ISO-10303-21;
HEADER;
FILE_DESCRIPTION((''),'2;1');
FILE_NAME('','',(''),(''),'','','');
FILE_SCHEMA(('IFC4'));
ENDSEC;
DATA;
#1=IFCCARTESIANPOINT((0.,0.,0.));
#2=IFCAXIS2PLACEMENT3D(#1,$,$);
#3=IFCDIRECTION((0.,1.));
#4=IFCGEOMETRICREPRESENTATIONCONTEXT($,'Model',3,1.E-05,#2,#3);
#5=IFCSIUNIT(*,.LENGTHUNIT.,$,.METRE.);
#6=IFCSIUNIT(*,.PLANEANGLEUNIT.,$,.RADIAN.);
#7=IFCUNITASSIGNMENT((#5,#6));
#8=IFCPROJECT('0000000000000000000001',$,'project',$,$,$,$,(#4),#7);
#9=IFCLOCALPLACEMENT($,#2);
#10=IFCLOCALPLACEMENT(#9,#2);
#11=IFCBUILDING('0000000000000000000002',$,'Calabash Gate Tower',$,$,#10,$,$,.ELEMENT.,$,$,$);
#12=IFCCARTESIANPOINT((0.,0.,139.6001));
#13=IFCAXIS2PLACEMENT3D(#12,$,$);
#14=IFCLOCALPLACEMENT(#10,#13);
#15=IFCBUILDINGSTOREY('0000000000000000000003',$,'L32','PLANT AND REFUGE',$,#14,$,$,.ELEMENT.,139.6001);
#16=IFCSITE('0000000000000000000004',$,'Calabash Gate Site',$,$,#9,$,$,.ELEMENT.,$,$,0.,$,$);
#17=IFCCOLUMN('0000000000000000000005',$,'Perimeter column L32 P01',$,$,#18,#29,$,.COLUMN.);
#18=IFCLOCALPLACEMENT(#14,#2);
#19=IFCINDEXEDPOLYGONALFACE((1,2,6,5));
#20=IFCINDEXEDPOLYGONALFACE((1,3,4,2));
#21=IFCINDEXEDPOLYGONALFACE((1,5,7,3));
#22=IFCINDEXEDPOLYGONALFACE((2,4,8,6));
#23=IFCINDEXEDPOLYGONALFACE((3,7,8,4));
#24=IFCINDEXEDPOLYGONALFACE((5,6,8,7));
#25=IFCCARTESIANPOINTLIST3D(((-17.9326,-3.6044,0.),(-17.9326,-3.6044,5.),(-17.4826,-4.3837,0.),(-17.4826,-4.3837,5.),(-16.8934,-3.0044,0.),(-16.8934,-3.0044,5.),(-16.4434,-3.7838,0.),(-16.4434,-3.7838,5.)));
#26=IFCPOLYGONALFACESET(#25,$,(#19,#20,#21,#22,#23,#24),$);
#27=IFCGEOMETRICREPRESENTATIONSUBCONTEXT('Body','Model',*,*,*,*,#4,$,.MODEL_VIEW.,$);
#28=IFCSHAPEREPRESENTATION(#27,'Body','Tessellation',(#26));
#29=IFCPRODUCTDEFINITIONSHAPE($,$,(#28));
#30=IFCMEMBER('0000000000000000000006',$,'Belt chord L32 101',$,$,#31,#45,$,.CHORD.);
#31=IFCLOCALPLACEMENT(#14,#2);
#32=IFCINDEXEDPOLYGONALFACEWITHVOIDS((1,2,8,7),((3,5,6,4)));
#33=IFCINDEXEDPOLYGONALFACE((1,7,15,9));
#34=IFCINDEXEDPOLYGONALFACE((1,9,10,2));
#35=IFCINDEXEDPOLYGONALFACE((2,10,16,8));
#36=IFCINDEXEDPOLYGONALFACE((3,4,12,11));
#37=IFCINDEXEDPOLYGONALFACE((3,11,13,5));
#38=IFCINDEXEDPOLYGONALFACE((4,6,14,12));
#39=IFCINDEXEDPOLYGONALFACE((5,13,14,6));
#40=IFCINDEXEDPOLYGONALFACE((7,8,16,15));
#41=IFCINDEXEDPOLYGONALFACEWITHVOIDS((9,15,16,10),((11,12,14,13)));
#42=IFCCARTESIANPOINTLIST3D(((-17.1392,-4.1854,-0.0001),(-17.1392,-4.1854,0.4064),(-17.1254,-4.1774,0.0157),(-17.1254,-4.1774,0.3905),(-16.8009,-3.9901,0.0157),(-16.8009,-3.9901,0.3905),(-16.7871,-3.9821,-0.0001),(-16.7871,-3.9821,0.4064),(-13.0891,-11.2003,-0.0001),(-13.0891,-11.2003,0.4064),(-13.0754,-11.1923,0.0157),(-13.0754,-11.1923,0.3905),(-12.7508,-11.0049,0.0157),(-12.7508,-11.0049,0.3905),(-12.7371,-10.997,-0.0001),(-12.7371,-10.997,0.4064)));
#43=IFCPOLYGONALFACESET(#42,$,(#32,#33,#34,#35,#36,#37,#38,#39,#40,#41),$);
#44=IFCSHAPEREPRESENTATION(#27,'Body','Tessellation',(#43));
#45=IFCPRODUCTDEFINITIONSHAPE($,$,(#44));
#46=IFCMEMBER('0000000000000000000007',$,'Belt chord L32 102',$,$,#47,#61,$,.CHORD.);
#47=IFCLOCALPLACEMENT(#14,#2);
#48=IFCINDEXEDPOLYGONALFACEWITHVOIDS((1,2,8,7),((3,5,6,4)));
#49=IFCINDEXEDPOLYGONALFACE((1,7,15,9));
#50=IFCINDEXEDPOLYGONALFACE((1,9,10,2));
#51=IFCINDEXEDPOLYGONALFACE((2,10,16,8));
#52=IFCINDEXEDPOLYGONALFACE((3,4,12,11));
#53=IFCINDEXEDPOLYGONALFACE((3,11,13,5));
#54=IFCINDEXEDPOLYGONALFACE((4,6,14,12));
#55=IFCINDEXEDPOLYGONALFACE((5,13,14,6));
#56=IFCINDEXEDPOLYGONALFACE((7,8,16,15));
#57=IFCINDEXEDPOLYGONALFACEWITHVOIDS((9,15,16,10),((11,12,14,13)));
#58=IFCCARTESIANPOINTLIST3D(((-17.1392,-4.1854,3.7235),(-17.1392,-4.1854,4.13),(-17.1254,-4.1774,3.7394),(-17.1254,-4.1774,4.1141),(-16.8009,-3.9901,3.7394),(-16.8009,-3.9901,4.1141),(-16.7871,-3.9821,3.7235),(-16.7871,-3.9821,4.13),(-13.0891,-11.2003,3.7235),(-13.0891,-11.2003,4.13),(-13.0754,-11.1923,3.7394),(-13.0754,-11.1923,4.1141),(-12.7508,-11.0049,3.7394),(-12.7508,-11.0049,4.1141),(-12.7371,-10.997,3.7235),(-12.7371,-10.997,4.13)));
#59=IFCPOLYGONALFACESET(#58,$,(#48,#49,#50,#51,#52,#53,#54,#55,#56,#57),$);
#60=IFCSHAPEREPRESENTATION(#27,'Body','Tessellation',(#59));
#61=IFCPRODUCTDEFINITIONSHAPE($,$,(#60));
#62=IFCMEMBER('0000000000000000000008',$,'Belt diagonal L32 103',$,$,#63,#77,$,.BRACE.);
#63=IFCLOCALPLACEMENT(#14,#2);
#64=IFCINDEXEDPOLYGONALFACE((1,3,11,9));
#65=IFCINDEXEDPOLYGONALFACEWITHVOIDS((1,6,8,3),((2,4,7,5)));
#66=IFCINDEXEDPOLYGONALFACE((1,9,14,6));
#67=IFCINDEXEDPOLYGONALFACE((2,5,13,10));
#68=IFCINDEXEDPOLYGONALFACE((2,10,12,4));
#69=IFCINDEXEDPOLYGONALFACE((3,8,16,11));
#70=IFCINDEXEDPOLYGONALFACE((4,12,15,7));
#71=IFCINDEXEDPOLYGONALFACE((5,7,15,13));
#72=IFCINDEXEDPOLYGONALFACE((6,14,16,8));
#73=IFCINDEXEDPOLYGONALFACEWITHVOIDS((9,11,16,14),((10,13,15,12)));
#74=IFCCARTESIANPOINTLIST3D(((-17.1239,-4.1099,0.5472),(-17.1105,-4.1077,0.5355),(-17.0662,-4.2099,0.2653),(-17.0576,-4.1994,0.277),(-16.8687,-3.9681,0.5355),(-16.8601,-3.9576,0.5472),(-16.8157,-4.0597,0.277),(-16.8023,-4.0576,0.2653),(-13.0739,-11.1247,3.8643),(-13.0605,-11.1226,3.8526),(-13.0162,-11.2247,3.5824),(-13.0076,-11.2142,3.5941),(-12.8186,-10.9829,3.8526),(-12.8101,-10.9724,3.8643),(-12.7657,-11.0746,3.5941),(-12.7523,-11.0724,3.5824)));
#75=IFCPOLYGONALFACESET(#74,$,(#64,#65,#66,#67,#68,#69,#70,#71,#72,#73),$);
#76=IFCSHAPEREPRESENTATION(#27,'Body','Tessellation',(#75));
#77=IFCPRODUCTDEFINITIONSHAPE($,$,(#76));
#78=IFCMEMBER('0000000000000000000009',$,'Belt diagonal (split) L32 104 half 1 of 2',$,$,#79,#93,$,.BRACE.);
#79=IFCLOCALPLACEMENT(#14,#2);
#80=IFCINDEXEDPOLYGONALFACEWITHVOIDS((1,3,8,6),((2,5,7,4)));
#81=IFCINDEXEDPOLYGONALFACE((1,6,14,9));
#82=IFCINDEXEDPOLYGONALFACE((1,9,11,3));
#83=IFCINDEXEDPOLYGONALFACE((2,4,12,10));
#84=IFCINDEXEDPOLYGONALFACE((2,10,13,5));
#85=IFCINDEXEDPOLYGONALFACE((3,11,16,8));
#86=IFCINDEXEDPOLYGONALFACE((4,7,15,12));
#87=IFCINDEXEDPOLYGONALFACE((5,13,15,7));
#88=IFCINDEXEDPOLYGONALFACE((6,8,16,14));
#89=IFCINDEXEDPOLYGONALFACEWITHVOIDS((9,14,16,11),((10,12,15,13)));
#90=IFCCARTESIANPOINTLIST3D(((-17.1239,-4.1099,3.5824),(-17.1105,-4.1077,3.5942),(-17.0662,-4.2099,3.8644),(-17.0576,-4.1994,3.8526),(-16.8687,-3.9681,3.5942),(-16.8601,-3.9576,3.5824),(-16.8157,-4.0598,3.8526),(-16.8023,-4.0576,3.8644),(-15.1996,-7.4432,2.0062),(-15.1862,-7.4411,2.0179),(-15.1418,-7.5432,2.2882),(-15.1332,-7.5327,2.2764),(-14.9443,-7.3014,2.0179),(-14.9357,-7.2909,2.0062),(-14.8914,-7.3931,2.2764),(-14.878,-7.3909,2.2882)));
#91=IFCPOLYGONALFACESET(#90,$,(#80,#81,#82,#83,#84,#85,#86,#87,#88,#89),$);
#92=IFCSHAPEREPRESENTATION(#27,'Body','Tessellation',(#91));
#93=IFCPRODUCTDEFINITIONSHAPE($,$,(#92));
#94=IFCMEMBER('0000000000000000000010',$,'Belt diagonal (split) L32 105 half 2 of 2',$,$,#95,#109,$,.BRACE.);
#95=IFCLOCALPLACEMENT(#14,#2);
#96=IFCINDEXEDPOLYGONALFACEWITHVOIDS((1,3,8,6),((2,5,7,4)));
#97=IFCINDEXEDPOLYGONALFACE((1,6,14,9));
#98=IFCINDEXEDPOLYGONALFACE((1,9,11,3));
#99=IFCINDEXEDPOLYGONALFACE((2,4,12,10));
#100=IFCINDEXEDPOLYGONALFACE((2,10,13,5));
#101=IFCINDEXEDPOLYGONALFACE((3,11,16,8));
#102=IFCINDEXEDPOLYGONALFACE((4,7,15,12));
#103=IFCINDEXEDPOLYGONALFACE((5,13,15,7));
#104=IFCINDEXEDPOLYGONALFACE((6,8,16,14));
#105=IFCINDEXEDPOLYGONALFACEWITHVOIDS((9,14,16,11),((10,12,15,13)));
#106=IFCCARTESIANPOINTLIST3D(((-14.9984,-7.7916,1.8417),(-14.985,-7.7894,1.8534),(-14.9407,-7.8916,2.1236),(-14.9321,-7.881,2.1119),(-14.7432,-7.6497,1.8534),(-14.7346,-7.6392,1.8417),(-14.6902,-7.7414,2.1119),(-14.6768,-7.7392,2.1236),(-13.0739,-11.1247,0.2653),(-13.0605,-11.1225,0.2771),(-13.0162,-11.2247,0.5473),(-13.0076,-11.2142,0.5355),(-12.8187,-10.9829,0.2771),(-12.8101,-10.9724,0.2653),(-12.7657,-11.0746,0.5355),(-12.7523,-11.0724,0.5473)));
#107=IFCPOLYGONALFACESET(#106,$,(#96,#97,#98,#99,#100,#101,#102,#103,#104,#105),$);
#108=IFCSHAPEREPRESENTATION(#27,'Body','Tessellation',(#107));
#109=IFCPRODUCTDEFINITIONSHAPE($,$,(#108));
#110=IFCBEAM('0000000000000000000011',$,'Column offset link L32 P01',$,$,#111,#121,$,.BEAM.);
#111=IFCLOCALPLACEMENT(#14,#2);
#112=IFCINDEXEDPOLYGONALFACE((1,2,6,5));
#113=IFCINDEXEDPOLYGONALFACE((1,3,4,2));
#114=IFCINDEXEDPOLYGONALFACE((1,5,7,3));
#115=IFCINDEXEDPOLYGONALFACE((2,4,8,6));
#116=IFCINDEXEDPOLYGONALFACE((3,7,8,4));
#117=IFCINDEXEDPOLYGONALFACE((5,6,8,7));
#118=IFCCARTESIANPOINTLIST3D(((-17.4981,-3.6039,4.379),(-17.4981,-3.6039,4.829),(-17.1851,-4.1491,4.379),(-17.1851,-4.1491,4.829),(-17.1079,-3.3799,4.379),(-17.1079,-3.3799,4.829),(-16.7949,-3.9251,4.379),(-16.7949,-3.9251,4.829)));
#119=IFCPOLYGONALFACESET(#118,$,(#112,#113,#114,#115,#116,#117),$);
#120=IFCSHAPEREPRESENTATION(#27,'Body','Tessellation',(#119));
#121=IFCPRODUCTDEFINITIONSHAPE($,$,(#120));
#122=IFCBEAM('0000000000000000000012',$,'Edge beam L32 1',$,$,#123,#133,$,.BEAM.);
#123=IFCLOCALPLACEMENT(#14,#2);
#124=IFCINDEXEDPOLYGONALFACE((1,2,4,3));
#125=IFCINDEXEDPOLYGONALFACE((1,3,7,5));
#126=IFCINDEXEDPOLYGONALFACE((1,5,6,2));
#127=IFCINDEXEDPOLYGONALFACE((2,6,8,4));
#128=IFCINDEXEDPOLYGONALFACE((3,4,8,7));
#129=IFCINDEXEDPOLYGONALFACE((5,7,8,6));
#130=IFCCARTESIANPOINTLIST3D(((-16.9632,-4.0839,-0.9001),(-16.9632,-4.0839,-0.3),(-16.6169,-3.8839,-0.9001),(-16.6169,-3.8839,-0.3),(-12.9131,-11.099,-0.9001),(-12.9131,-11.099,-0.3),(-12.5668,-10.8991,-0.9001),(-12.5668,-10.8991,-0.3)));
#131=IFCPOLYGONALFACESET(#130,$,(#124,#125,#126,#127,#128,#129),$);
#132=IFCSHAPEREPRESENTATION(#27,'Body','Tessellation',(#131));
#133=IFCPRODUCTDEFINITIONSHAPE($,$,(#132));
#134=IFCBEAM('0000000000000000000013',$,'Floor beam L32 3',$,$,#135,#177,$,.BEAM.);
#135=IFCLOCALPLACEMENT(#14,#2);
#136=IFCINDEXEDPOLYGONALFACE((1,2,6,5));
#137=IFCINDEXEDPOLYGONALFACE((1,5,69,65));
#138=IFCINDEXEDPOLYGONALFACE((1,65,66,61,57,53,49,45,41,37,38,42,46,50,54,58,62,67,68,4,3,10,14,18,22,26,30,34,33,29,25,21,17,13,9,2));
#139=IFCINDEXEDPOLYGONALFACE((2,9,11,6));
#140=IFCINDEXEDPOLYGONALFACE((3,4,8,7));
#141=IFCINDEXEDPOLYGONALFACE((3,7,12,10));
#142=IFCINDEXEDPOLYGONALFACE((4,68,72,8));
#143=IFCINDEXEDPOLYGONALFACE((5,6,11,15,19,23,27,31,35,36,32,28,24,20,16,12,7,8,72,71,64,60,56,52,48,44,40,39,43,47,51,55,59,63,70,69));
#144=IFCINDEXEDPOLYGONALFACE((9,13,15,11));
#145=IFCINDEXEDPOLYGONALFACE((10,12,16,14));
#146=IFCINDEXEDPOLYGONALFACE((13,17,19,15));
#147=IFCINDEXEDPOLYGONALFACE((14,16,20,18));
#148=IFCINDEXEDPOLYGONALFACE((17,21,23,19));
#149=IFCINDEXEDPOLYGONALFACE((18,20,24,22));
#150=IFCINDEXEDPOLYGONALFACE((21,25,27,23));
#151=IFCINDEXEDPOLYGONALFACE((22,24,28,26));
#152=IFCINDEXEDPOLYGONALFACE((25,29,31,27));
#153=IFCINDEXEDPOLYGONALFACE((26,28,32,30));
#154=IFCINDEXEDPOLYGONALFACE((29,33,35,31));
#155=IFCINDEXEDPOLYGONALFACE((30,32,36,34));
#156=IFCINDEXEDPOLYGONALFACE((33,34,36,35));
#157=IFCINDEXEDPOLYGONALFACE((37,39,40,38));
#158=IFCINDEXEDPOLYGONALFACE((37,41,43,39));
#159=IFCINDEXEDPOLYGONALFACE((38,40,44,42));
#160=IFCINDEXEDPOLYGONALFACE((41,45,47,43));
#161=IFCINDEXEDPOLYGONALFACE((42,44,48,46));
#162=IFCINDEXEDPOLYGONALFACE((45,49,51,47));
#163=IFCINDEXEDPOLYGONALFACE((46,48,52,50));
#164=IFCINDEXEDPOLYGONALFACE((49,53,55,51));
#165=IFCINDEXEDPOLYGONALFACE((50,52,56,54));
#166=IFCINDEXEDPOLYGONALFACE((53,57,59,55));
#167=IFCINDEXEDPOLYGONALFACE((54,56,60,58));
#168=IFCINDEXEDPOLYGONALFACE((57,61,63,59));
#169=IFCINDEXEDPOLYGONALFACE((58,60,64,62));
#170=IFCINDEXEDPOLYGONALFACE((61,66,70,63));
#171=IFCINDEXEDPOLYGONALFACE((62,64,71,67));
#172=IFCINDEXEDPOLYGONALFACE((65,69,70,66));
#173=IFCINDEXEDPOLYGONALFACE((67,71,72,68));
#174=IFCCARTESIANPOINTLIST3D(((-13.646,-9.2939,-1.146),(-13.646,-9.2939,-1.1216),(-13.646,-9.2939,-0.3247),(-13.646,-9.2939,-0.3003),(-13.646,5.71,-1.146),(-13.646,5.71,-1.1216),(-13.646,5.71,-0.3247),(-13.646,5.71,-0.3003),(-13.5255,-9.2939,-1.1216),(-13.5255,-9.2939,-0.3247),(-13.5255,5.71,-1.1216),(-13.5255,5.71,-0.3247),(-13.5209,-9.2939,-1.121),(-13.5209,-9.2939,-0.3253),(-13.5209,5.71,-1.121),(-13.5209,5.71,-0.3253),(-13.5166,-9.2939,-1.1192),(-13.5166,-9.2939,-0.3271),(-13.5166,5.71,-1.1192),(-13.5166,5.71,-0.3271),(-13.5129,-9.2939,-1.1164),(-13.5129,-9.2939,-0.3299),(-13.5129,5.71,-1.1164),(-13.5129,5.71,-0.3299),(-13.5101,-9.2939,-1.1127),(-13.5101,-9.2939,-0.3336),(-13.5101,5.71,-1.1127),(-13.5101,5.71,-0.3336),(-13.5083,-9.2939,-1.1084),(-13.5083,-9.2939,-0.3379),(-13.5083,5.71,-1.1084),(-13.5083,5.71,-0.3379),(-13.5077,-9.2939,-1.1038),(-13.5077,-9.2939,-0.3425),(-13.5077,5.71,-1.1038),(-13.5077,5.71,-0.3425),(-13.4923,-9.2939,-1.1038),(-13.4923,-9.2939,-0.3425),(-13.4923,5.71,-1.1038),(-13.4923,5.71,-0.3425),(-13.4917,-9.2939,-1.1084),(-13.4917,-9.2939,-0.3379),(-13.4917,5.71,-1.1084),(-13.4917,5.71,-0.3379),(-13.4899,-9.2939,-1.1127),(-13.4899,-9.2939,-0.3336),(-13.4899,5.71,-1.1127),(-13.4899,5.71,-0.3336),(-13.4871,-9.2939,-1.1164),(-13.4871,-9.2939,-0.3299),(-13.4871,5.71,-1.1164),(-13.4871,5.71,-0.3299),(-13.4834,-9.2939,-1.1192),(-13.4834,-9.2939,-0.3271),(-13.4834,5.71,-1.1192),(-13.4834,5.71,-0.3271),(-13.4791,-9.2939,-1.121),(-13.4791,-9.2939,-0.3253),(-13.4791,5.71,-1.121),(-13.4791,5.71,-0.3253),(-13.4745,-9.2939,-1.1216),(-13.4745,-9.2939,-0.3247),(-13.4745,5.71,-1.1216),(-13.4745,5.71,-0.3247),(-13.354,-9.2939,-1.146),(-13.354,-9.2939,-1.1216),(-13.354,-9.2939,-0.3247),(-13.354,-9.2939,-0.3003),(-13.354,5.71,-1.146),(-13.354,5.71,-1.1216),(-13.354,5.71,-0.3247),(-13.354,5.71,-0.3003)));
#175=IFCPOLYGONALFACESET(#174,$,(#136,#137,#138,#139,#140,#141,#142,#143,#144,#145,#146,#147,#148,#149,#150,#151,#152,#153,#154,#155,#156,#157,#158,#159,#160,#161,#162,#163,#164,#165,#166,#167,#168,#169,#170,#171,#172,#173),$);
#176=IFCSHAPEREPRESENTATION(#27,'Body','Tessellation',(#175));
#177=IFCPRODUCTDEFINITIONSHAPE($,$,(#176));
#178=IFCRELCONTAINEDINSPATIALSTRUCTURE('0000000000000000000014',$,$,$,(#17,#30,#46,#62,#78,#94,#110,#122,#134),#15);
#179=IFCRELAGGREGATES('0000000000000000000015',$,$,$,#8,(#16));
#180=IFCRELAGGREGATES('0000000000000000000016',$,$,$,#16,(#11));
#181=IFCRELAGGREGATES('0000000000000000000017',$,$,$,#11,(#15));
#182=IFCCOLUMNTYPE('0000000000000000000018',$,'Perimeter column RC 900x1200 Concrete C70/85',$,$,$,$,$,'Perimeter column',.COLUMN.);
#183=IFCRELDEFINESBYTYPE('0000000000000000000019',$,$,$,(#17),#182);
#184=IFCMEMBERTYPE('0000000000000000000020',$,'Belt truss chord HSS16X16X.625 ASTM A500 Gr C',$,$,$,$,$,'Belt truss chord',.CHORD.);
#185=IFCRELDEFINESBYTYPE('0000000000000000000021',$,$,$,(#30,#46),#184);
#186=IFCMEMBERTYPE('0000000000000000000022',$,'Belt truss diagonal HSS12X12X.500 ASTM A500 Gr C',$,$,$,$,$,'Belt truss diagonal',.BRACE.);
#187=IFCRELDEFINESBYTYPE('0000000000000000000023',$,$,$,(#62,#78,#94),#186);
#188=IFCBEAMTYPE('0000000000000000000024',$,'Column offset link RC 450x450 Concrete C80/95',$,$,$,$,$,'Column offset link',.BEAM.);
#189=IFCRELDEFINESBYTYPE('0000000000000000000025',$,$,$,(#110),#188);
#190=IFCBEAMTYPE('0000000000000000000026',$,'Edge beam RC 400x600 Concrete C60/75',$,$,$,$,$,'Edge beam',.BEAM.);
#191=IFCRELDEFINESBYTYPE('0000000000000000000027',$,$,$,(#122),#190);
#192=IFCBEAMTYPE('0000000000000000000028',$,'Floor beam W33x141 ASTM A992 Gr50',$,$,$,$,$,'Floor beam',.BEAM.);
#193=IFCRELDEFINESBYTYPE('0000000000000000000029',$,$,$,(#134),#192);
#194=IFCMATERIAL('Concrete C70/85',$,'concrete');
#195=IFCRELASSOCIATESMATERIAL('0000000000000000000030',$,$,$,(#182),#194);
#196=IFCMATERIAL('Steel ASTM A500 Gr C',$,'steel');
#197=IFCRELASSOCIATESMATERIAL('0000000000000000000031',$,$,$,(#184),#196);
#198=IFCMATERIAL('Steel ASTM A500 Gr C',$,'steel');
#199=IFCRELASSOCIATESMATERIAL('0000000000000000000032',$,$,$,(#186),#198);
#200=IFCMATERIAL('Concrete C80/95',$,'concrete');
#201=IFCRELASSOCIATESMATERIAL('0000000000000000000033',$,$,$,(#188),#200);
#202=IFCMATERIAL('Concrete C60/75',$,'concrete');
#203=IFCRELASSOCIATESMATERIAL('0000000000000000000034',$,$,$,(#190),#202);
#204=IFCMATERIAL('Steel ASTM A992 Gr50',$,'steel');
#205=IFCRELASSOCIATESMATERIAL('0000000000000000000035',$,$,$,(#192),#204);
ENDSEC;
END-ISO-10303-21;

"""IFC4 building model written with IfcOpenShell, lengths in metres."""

from ifc_helpers import new_model, si_unit, direction, frame, origin, origin_2d, place, context, subcontext, project, spatial, rectangle, hollow_rectangle, i_section, extrude, material, material_profile, profile_set, type_object, element, save


model = new_model("IFC4")

# Units and contexts
model_context = context("Model", 3, precision=1e-05, world=origin(), true_north=direction((0.0, 1.0)))
body_context = subcontext(model_context, "Body", "Model", "MODEL_VIEW")
ifc_project = project(units=[si_unit("LENGTHUNIT", "METRE"), si_unit("PLANEANGLEUNIT", "RADIAN")], contexts=[model_context])

# Site, building, storey
site_placement = place(None, origin())
site = spatial("IfcSite", under=ifc_project, at=site_placement, Name="Calabash Gate Site", CompositionType="ELEMENT", RefElevation=0.0)
building_placement = place(site_placement, origin())
building = spatial("IfcBuilding", under=site, at=building_placement, Name="Calabash Gate Tower", CompositionType="ELEMENT")
storey_placement = place(building_placement, frame((0.0, 0.0, 139.6001)))
storey = spatial("IfcBuildingStorey", under=building, at=storey_placement, Name="L32", Description="PLANT AND REFUGE", CompositionType="ELEMENT", Elevation=139.6001)

# Column
ifc_material_1 = material(Name="Concrete C70/85", Category="concrete")
ifc_material_profile_1 = material_profile(ifc_material_1, rectangle(XDim=0.8999, YDim=1.2, at=origin_2d()))
ifc_profile_set_1 = profile_set([ifc_material_profile_1], Name="Concrete C70/85")
column_type = type_object("IfcColumnType", Name="Perimeter column RC 900x1200 Concrete C70/85", ElementType="Perimeter column", PredefinedType="COLUMN", material=ifc_profile_set_1)
column_placement = place(storey_placement, frame((-17.188, -3.6941, 0.0), z_axis=(0.0, 0.0, 1.0), x_axis=(0.5, -0.866025, 0.0)))
element("IfcColumn", 1, at=column_placement, inside=storey, type_object=column_type, Name="Perimeter column L32 P01", PredefinedType="COLUMN", context=body_context, shape_type="SweptSolid", body=[
    extrude(rectangle(XDim=0.8999, YDim=1.2, at=origin_2d()), origin(), (0.0, 0.0, 1.0), 5.0),
])

# Members
ifc_material_2 = material(Name="Steel ASTM A500 Gr C", Category="steel")
ifc_material_profile_2 = material_profile(ifc_material_2, hollow_rectangle(XDim=0.4065, YDim=0.4065, WallThickness=0.0159, at=origin_2d()))
ifc_profile_set_2 = profile_set([ifc_material_profile_2], Name="Steel ASTM A500 Gr C")
member_type_1 = type_object("IfcMemberType", Name="Belt truss chord HSS16X16X.625 ASTM A500 Gr C", ElementType="Belt truss chord", PredefinedType="CHORD", material=ifc_profile_set_2)
for number, where, z_axis, x_axis, name in (
    (2, (-16.9631, -4.0837, 0.2031), (0.5, -0.866025, 0.0), (0.866025, 0.5, 0.0), "Belt chord L32 101"),
    (3, (-16.9631, -4.0837, 3.9268), (0.5, -0.866025, 0.0), (0.866025, 0.5, 0.0), "Belt chord L32 102"),
):
    element("IfcMember", number, at=place(storey_placement, frame(where, z_axis=z_axis, x_axis=x_axis)), inside=storey, type_object=member_type_1, Name=name, PredefinedType="CHORD", context=body_context, shape_type="SweptSolid", body=[
        extrude(hollow_rectangle(XDim=0.4065, YDim=0.4065, WallThickness=0.0159, at=origin_2d()), origin(), (0.0, 0.0, 1.0), 8.1001),
    ])
ifc_material_3 = material(Name="Steel ASTM A500 Gr C", Category="steel")
ifc_material_profile_3 = material_profile(ifc_material_3, hollow_rectangle(XDim=0.3047, YDim=0.3047, WallThickness=0.0127, at=origin_2d()))
ifc_profile_set_3 = profile_set([ifc_material_profile_3], Name="Steel ASTM A500 Gr C")
member_type_2 = type_object("IfcMemberType", Name="Belt truss diagonal HSS12X12X.500 ASTM A500 Gr C", ElementType="Belt truss diagonal", PredefinedType="BRACE", material=ifc_profile_set_3)
member_placement = place(storey_placement, frame((-16.9631, -4.0837, 0.4062), z_axis=(0.462704, -0.801427, 0.378972), x_axis=(0.866025, 0.5, 0.0)))
element("IfcMember", 4, at=member_placement, inside=storey, type_object=member_type_2, Name="Belt diagonal L32 103", PredefinedType="BRACE", context=body_context, shape_type="SweptSolid", body=[
    extrude(hollow_rectangle(XDim=0.3047, YDim=0.3047, WallThickness=0.0127, at=origin_2d()), origin(), (0.0, 0.0, 1.0), 8.7529),
])
for number, where, z_axis, x_axis, name in (
    (5, (-16.9631, -4.0837, 3.7234), (0.462679, -0.801441, -0.378972), (0.866041, 0.499973, 0.0), "Belt diagonal (split) L32 104 half 1 of 2"),
    (6, (-14.8376, -7.7654, 1.9827), (0.462715, -0.801402, -0.379012), (0.866013, 0.500021, 0.0), "Belt diagonal (split) L32 105 half 2 of 2"),
):
    element("IfcMember", number, at=place(storey_placement, frame(where, z_axis=z_axis, x_axis=x_axis)), inside=storey, type_object=member_type_2, Name=name, PredefinedType="BRACE", context=body_context, shape_type="SweptSolid", body=[
        extrude(hollow_rectangle(XDim=0.3047, YDim=0.3047, WallThickness=0.0127, at=origin_2d()), origin(), (0.0, 0.0, 1.0), 4.1592),
    ])

# Beams
ifc_material_4 = material(Name="Concrete C80/95", Category="concrete")
ifc_material_profile_4 = material_profile(ifc_material_4, rectangle(XDim=0.45, YDim=0.45, at=origin_2d()))
ifc_profile_set_4 = profile_set([ifc_material_profile_4], Name="Concrete C80/95")
beam_type_1 = type_object("IfcBeamType", Name="Column offset link RC 450x450 Concrete C80/95", ElementType="Column offset link", PredefinedType="BEAM", material=ifc_profile_set_4)
beam_1_placement = place(storey_placement, frame((-16.99, -4.0371, 4.604), z_axis=(-0.497895, 0.867238, 0.0), x_axis=(-0.867238, -0.497895, 0.0)))
element("IfcBeam", 7, at=beam_1_placement, inside=storey, type_object=beam_type_1, Name="Column offset link L32 P01", PredefinedType="BEAM", context=body_context, shape_type="SweptSolid", body=[
    extrude(rectangle(XDim=0.45, YDim=0.45, at=origin_2d()), origin(), (0.0, 0.0, 1.0), 0.6287),
])
ifc_material_5 = material(Name="Concrete C60/75", Category="concrete")
ifc_material_profile_5 = material_profile(ifc_material_5, rectangle(XDim=0.3999, YDim=0.6001, at=origin_2d()))
ifc_profile_set_5 = profile_set([ifc_material_profile_5], Name="Concrete C60/75")
beam_type_2 = type_object("IfcBeamType", Name="Edge beam RC 400x600 Concrete C60/75", ElementType="Edge beam", PredefinedType="BEAM", material=ifc_profile_set_5)
beam_2_placement = place(storey_placement, frame((-16.79, -3.9839, -0.6001), z_axis=(0.499987, -0.866033, 0.0), x_axis=(0.866033, 0.499987, 0.0)))
element("IfcBeam", 8, at=beam_2_placement, inside=storey, type_object=beam_type_2, Name="Edge beam L32 1", PredefinedType="BEAM", context=body_context, shape_type="SweptSolid", body=[
    extrude(rectangle(XDim=0.3999, YDim=0.6001, at=origin_2d()), origin(), (0.0, 0.0, 1.0), 8.1003),
])
ifc_material_6 = material(Name="Steel ASTM A992 Gr50", Category="steel")
ifc_material_profile_6 = material_profile(ifc_material_6, i_section(OverallWidth=0.292, OverallDepth=0.8457, WebThickness=0.0154, FlangeThickness=0.0244, FilletRadius=0.0178, at=origin_2d()))
ifc_profile_set_6 = profile_set([ifc_material_profile_6], Name="Steel ASTM A992 Gr50")
beam_type_3 = type_object("IfcBeamType", Name="Floor beam W33x141 ASTM A992 Gr50", ElementType="Floor beam", PredefinedType="BEAM", material=ifc_profile_set_6)
beam_3_placement = place(storey_placement, frame((-13.5, -9.2939, -0.7231), z_axis=(0.0, 1.0, 0.0), x_axis=(-1.0, 0.0, 0.0)))
element("IfcBeam", 9, at=beam_3_placement, inside=storey, type_object=beam_type_3, Name="Floor beam L32 3", PredefinedType="BEAM", context=body_context, shape_type="SweptSolid", body=[
    extrude(i_section(OverallWidth=0.292, OverallDepth=0.8457, WebThickness=0.0154, FlangeThickness=0.0244, FilletRadius=0.0178, at=origin_2d()), origin(), (0.0, 0.0, 1.0), 15.0039),
])

save(model, "model.ifc")
